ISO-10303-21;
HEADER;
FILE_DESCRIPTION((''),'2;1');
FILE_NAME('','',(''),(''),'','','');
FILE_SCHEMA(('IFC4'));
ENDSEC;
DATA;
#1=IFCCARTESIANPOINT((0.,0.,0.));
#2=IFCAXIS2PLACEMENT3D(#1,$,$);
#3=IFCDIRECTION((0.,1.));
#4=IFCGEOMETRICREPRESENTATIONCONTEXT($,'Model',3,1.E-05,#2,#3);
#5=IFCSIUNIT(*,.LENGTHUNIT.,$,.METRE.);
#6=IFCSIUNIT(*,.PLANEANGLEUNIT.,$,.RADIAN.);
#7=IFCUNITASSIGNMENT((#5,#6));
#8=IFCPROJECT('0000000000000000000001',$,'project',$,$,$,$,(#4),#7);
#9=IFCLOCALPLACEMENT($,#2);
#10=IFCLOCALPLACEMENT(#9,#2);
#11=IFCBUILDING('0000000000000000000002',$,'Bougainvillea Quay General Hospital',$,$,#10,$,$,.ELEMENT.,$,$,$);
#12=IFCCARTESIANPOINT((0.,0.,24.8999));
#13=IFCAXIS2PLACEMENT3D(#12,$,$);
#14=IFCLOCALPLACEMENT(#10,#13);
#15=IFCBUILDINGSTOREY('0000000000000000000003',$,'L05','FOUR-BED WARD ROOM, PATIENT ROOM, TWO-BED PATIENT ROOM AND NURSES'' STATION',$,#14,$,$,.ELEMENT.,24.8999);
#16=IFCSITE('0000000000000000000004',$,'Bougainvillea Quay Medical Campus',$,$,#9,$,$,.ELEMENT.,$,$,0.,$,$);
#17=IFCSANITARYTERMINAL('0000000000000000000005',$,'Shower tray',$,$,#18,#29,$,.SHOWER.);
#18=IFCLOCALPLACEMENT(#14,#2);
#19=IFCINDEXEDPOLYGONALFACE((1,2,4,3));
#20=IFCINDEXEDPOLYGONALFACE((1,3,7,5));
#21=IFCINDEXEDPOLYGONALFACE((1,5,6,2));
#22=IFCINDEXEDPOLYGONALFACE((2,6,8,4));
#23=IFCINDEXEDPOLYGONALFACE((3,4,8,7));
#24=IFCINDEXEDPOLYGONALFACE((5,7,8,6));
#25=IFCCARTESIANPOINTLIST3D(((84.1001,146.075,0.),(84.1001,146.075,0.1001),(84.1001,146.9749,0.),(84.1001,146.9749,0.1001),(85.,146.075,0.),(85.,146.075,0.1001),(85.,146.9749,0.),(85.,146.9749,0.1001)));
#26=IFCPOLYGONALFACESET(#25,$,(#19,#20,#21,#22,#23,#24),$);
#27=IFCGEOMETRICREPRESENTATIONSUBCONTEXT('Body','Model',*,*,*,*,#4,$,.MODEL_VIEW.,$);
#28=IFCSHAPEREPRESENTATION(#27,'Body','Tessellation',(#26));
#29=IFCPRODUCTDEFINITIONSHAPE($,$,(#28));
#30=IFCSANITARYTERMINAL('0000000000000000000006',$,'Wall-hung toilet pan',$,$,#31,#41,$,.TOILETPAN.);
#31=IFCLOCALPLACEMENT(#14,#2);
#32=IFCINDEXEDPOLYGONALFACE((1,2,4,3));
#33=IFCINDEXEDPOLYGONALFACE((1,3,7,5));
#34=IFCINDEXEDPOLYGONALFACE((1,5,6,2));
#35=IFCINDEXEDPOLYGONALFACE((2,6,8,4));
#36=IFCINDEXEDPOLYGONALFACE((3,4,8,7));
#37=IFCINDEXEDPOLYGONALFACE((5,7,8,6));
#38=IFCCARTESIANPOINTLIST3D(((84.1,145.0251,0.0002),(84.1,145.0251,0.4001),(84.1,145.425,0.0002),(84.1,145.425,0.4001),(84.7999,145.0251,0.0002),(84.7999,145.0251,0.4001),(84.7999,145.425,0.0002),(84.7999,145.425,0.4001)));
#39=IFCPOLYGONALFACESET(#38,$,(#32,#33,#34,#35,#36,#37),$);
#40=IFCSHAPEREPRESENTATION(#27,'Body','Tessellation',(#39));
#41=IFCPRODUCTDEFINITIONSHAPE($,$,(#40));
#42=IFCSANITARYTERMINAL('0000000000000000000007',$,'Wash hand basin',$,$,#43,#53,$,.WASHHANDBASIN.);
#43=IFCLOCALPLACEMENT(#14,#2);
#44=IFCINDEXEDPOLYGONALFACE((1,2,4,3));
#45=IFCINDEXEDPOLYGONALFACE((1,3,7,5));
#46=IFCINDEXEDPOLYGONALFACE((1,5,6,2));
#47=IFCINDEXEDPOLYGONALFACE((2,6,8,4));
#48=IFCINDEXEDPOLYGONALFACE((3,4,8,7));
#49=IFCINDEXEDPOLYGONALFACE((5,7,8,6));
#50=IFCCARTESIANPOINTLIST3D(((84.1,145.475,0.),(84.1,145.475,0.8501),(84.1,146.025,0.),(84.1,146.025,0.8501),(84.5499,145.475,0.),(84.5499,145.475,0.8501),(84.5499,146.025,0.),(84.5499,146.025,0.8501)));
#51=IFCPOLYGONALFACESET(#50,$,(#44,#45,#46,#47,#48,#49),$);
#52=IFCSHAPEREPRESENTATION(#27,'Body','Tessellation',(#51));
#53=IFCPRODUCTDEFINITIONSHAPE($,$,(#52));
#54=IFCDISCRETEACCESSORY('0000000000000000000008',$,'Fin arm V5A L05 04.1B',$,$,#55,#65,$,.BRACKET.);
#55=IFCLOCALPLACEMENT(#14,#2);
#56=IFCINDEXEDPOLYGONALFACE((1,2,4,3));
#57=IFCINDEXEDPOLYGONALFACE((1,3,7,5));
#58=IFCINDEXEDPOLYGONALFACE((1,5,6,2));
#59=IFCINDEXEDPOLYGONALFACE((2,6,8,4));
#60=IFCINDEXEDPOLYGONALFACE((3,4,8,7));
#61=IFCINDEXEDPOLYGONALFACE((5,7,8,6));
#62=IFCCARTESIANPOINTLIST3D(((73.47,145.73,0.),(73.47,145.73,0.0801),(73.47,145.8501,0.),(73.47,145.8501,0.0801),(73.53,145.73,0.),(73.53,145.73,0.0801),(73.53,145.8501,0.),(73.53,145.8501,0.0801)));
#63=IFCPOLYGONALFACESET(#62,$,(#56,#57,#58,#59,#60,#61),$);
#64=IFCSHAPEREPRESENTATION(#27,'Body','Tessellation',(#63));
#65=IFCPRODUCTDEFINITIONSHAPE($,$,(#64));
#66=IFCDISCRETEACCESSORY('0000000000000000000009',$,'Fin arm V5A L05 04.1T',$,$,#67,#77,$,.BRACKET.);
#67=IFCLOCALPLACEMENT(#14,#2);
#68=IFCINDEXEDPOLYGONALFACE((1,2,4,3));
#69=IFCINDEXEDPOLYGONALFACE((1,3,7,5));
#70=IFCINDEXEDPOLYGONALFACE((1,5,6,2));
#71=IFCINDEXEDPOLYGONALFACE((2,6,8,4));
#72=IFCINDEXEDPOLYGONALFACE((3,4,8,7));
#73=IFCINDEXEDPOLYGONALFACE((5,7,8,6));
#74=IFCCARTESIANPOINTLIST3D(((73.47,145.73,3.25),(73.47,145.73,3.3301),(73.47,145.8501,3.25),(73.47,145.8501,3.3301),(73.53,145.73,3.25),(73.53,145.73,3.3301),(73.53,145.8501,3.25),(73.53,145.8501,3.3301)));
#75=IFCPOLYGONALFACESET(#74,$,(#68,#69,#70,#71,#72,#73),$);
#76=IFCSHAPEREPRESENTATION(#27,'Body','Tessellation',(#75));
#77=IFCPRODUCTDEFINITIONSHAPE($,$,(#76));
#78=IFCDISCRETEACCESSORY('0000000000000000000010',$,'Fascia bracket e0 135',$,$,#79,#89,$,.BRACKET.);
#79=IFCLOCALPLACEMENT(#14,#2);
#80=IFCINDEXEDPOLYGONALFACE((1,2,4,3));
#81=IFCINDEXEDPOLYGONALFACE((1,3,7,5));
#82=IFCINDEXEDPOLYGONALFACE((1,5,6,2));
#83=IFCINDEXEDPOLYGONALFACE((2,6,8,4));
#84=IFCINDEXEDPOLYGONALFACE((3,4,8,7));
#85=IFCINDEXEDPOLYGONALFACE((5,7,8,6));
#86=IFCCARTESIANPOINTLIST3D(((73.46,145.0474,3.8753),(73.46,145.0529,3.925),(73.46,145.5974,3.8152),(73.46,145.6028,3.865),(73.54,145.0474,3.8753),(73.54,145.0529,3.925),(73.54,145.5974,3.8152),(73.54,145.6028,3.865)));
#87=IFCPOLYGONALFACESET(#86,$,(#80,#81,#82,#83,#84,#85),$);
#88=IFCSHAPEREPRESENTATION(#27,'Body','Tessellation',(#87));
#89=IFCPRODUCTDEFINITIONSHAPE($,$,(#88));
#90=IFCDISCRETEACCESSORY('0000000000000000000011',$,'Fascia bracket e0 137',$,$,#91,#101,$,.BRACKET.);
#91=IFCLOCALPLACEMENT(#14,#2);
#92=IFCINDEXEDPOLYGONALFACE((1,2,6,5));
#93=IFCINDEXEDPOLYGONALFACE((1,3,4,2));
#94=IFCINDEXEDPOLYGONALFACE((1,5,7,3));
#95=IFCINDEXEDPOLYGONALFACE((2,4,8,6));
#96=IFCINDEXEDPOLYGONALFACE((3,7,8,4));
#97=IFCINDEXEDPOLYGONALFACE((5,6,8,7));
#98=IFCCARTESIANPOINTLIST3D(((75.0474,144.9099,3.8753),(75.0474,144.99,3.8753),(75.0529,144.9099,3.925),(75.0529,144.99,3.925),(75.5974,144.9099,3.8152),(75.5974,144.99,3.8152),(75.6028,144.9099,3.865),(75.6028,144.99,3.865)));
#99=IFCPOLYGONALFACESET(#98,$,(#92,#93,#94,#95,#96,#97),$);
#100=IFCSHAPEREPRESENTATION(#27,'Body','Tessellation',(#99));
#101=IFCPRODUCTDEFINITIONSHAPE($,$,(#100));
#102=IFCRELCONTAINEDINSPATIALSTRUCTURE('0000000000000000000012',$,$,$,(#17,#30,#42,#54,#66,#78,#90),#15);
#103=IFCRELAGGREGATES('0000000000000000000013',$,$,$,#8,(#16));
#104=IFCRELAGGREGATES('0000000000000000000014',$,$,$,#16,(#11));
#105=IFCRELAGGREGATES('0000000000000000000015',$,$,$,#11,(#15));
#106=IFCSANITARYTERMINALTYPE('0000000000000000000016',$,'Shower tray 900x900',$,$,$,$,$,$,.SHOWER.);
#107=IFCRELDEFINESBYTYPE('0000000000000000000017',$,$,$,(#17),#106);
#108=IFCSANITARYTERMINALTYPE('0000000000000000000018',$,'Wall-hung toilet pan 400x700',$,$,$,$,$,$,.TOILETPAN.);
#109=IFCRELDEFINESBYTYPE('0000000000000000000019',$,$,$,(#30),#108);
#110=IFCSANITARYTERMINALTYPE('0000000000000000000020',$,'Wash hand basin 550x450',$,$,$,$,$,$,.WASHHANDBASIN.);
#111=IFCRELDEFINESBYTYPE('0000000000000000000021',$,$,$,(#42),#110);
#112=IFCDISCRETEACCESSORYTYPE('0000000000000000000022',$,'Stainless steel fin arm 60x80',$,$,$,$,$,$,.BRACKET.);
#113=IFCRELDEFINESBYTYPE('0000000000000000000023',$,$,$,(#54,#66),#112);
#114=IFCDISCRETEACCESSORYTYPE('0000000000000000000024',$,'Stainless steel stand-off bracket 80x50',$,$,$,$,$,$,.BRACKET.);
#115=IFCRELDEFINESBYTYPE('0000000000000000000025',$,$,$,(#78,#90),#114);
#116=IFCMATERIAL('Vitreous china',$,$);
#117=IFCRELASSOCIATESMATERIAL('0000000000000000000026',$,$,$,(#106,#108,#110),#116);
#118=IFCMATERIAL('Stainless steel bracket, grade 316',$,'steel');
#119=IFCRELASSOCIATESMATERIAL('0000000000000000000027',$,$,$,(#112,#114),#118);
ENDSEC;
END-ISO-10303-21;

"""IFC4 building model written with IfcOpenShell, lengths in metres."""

from ifc_helpers import new_model, si_unit, direction, frame, origin, origin_2d, place, context, subcontext, project, spatial, rectangle, extrude, material, material_profile, profile_set, type_object, element, save


model = new_model("IFC4")

# Units and contexts
model_context = context("Model", 3, precision=1e-05, world=origin(), true_north=direction((0.0, 1.0)))
body_context = subcontext(model_context, "Body", "Model", "MODEL_VIEW")
ifc_project = project(units=[si_unit("LENGTHUNIT", "METRE"), si_unit("PLANEANGLEUNIT", "RADIAN")], contexts=[model_context])

# Site, building, storey
site_placement = place(None, origin())
site = spatial("IfcSite", under=ifc_project, at=site_placement, Name="Bougainvillea Quay Medical Campus", CompositionType="ELEMENT", RefElevation=0.0)
building_placement = place(site_placement, origin())
building = spatial("IfcBuilding", under=site, at=building_placement, Name="Bougainvillea Quay General Hospital", CompositionType="ELEMENT")
storey_placement = place(building_placement, frame((0.0, 0.0, 24.8999)))
storey = spatial("IfcBuildingStorey", under=building, at=storey_placement, Name="L05", Description="FOUR-BED WARD ROOM, PATIENT ROOM, TWO-BED PATIENT ROOM AND NURSES' STATION", CompositionType="ELEMENT", Elevation=24.8999)

# Sanitary terminals
ifc_material_1 = material(Name="Vitreous china")
sanitary_terminal_type_1 = type_object("IfcSanitaryTerminalType", Name="Shower tray 900x900", PredefinedType="SHOWER", material=ifc_material_1)
sanitary_terminal_1_placement = place(storey_placement, frame((84.55, 146.5249, 0.0), z_axis=(0.0, 0.0, 1.0), x_axis=(0.0, 1.0, 0.0)))
element("IfcSanitaryTerminal", 1, at=sanitary_terminal_1_placement, inside=storey, type_object=sanitary_terminal_type_1, Name="Shower tray", PredefinedType="SHOWER", context=body_context, shape_type="SweptSolid", body=[
    extrude(rectangle(XDim=0.8999, YDim=0.8999, at=origin_2d()), origin(), (0.0, 0.0, 1.0), 0.1001),
])
sanitary_terminal_type_2 = type_object("IfcSanitaryTerminalType", Name="Wall-hung toilet pan 400x700", PredefinedType="TOILETPAN", material=ifc_material_1)
sanitary_terminal_2_placement = place(storey_placement, frame((84.45, 145.2251, 0.0002), z_axis=(0.0, 0.0, 1.0), x_axis=(0.0, 1.0, 0.0)))
element("IfcSanitaryTerminal", 2, at=sanitary_terminal_2_placement, inside=storey, type_object=sanitary_terminal_type_2, Name="Wall-hung toilet pan", PredefinedType="TOILETPAN", context=body_context, shape_type="SweptSolid", body=[
    extrude(rectangle(XDim=0.3999, YDim=0.7, at=origin_2d()), origin(), (0.0, 0.0, 1.0), 0.3999),
])
sanitary_terminal_type_3 = type_object("IfcSanitaryTerminalType", Name="Wash hand basin 550x450", PredefinedType="WASHHANDBASIN", material=ifc_material_1)
sanitary_terminal_3_placement = place(storey_placement, frame((84.325, 145.75, 0.0), z_axis=(0.0, 0.0, 1.0), x_axis=(0.0, 1.0, 0.0)))
element("IfcSanitaryTerminal", 3, at=sanitary_terminal_3_placement, inside=storey, type_object=sanitary_terminal_type_3, Name="Wash hand basin", PredefinedType="WASHHANDBASIN", context=body_context, shape_type="SweptSolid", body=[
    extrude(rectangle(XDim=0.55, YDim=0.45, at=origin_2d()), origin(), (0.0, 0.0, 1.0), 0.8501),
])

# Discrete accessories
ifc_material_2 = material(Name="Stainless steel bracket, grade 316", Category="steel")
discrete_accessory_type_1 = type_object("IfcDiscreteAccessoryType", Name="Stainless steel fin arm 60x80", PredefinedType="BRACKET", material=ifc_material_2)
for number, where, z_axis, x_axis, name in (
    (4, (73.5, 145.79, 0.0), (0.0, 0.0, 1.0), (0.0, -1.0, 0.0), "Fin arm V5A L05 04.1B"),
    (5, (73.5, 145.79, 3.25), (0.0, 0.0, 1.0), (0.0, -1.0, 0.0), "Fin arm V5A L05 04.1T"),
):
    element("IfcDiscreteAccessory", number, at=place(storey_placement, frame(where, z_axis=z_axis, x_axis=x_axis)), inside=storey, type_object=discrete_accessory_type_1, Name=name, PredefinedType="BRACKET", context=body_context, shape_type="SweptSolid", body=[
        extrude(rectangle(XDim=0.1201, YDim=0.0601, at=origin_2d()), origin(), (0.0, 0.0, 1.0), 0.0801),
    ])
ifc_material_profile_1 = material_profile(ifc_material_2, rectangle(XDim=0.0801, YDim=0.05, at=origin_2d()))
ifc_profile_set_1 = profile_set([ifc_material_profile_1], Name="Stainless steel bracket, grade 316")
discrete_accessory_type_2 = type_object("IfcDiscreteAccessoryType", Name="Stainless steel stand-off bracket 80x50", PredefinedType="BRACKET", material=ifc_profile_set_1)
for number, where, z_axis, x_axis, name in (
    (6, (73.5, 145.6001, 3.8401), (0.0, -0.994092, 0.108543), (1.0, 0.0, 0.0), "Fascia bracket e0 135"),
    (7, (75.6001, 144.95, 3.8401), (-0.994092, 0.0, 0.108543), (0.0, -1.0, 0.0), "Fascia bracket e0 137"),
):
    element("IfcDiscreteAccessory", number, at=place(storey_placement, frame(where, z_axis=z_axis, x_axis=x_axis)), inside=storey, type_object=discrete_accessory_type_2, Name=name, PredefinedType="BRACKET", context=body_context, shape_type="SweptSolid", body=[
        extrude(rectangle(XDim=0.0801, YDim=0.05, at=origin_2d()), origin(), (0.0, 0.0, 1.0), 0.5532),
    ])

save(model, "model.ifc")
